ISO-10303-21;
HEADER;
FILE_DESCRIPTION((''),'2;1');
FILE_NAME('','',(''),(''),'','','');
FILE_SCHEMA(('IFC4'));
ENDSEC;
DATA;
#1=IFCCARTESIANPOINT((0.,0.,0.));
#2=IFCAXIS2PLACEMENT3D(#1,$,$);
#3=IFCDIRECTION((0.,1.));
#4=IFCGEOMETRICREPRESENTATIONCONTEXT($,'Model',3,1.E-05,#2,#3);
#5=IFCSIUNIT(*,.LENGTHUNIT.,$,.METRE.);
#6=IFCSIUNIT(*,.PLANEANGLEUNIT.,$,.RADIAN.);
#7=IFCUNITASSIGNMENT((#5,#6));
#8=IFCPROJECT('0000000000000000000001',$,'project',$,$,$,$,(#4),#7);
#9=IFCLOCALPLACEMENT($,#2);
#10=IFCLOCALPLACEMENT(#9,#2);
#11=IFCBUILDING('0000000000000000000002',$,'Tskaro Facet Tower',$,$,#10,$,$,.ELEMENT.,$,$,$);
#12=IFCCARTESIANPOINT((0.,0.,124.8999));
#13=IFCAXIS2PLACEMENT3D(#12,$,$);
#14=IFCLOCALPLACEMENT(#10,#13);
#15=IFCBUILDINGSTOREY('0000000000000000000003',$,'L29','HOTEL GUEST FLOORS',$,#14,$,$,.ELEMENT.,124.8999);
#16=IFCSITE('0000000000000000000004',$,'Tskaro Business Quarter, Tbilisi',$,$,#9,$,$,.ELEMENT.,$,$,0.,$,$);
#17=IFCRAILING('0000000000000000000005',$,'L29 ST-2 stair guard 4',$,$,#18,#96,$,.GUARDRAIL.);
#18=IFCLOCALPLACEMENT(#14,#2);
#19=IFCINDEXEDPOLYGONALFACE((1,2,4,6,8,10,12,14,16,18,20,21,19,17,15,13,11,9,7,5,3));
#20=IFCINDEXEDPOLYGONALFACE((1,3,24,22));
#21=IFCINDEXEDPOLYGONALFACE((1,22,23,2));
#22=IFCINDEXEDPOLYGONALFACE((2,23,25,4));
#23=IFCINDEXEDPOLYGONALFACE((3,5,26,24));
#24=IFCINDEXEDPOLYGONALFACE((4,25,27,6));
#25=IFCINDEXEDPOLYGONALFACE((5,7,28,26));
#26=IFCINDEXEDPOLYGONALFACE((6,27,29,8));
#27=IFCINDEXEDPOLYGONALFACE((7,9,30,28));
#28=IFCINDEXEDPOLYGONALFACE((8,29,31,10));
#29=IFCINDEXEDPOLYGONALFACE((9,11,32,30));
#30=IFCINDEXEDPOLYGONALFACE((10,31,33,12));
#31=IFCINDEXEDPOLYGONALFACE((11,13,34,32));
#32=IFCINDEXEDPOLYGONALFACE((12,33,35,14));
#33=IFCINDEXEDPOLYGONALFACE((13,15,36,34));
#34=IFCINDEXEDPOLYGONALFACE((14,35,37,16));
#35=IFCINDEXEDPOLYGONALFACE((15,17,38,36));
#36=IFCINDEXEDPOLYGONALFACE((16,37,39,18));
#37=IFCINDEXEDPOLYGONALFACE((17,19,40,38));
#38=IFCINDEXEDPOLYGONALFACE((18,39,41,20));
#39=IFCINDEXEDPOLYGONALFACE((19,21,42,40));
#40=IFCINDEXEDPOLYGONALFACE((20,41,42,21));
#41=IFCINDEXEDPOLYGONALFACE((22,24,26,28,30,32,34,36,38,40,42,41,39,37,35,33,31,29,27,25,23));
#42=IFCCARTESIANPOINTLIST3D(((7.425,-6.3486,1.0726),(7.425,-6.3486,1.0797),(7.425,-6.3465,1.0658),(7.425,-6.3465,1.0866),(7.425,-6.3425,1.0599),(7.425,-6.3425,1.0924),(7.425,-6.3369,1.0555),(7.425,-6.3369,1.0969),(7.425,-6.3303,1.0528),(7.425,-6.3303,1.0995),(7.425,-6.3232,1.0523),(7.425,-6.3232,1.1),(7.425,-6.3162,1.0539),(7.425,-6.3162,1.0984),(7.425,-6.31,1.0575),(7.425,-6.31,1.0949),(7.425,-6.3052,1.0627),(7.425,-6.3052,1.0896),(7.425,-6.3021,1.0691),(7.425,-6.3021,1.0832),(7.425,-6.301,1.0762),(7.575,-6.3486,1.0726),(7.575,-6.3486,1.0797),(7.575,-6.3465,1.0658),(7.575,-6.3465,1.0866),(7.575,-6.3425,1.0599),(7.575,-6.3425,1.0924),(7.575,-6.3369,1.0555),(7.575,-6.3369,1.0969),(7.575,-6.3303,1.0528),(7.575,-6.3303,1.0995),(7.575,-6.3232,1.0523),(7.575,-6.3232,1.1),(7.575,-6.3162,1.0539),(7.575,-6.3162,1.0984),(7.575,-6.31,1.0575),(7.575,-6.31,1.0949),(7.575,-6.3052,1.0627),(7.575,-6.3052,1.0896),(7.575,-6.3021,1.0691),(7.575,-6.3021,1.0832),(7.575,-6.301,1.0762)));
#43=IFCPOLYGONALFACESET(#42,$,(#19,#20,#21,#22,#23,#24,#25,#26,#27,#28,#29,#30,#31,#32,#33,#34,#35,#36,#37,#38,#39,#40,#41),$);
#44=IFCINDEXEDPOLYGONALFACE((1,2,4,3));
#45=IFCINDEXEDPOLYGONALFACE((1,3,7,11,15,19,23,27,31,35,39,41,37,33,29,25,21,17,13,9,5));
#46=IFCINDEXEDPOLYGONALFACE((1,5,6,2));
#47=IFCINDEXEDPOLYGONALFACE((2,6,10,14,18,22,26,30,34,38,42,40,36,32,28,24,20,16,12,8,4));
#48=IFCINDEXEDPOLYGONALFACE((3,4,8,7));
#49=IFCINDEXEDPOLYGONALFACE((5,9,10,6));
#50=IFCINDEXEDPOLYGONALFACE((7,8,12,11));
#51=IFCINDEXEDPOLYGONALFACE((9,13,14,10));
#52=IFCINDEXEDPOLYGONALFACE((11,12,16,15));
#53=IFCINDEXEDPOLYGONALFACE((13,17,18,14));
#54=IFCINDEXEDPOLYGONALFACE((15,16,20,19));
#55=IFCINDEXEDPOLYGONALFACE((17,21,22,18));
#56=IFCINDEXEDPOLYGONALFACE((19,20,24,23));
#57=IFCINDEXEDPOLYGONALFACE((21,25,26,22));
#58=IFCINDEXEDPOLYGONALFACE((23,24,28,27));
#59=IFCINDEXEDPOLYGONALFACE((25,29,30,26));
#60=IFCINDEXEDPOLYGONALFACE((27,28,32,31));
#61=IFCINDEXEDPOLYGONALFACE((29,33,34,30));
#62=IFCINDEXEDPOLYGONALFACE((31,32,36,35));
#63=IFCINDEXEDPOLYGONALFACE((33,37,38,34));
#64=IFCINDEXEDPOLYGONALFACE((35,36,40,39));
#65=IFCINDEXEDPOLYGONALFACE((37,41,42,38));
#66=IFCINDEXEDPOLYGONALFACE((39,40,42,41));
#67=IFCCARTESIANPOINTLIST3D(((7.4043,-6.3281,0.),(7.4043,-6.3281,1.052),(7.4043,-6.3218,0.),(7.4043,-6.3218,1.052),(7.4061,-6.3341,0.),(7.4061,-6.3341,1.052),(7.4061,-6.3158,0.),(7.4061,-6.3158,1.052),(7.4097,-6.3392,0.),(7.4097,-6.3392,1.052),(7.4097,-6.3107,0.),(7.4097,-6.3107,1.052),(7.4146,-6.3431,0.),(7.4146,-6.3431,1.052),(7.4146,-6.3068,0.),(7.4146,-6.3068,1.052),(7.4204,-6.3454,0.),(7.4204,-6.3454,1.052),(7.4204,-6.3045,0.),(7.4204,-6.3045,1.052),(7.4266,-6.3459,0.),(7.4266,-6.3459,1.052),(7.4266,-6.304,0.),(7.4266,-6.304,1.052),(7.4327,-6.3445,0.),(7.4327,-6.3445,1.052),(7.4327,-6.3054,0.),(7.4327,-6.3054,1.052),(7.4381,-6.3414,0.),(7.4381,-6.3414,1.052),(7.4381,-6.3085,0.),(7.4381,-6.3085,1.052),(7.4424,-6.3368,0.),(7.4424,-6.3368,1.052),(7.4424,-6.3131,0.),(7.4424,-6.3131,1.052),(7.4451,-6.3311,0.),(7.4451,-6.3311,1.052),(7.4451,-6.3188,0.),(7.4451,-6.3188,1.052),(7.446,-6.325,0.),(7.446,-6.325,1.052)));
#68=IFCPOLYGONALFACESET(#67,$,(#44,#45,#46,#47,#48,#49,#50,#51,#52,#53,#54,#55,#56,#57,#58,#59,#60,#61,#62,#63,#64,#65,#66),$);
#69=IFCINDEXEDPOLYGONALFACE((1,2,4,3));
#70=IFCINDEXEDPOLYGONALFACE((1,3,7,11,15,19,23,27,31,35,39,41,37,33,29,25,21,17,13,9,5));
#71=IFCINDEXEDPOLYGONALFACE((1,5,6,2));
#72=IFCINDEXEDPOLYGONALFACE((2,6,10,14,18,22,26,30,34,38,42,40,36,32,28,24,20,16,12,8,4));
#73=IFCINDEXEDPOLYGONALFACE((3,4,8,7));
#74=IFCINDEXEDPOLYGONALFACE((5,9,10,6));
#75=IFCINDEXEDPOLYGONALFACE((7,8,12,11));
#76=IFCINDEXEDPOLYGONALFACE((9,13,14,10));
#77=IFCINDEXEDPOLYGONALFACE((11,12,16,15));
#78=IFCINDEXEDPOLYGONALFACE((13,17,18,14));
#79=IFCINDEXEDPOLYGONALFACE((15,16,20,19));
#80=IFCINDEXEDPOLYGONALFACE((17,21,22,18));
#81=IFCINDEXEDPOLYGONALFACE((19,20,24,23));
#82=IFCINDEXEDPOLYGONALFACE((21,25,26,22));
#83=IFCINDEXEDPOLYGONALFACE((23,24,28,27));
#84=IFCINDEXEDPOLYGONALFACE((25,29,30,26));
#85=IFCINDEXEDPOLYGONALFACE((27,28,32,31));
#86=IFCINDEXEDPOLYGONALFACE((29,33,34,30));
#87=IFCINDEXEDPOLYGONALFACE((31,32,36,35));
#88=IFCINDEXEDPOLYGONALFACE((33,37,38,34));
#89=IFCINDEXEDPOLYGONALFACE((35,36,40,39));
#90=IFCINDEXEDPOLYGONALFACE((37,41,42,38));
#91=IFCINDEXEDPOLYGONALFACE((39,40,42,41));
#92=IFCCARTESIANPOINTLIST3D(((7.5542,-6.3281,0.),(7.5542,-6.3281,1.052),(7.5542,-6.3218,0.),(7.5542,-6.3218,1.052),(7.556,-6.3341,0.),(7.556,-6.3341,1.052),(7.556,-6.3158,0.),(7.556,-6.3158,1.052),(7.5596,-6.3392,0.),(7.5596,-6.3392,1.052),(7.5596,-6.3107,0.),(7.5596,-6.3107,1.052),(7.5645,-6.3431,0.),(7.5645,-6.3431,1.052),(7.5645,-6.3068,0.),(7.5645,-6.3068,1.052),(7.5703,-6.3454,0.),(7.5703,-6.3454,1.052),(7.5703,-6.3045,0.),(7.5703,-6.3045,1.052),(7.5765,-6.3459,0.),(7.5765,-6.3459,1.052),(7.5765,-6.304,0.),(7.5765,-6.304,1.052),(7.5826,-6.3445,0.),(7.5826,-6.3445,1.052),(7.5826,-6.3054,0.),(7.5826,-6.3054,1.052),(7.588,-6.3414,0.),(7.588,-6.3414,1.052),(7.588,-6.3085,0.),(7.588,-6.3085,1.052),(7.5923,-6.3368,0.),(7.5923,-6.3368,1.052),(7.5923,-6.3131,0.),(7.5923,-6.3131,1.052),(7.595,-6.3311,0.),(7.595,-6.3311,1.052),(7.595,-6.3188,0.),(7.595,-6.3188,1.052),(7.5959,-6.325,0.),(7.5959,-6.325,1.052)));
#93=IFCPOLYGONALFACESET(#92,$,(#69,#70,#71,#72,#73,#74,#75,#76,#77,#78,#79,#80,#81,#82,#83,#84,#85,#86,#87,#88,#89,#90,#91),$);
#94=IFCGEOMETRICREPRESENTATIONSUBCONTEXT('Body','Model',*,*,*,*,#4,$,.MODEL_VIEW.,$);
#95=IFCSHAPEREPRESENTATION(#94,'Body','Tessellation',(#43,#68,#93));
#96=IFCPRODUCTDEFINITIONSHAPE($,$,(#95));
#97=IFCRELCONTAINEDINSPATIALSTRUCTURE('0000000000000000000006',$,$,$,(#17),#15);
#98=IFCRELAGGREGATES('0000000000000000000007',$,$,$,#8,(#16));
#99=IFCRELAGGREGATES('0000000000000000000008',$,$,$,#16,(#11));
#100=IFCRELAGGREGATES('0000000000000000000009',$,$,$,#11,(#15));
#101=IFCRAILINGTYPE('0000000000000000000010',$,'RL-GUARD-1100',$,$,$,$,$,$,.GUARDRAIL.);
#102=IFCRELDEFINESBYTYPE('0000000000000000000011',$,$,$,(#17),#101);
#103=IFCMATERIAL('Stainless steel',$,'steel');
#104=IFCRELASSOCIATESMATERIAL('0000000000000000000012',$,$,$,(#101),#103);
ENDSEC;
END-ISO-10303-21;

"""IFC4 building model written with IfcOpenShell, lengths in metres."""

from ifc_helpers import new_model, si_unit, direction, frame, origin, origin_2d, place, context, subcontext, project, spatial, circle, extrude, material, type_object, element, save


model = new_model("IFC4")

# Units and contexts
model_context = context("Model", 3, precision=1e-05, world=origin(), true_north=direction((0.0, 1.0)))
body_context = subcontext(model_context, "Body", "Model", "MODEL_VIEW")
ifc_project = project(units=[si_unit("LENGTHUNIT", "METRE"), si_unit("PLANEANGLEUNIT", "RADIAN")], contexts=[model_context])

# Site, building, storey
site_placement = place(None, origin())
site = spatial("IfcSite", under=ifc_project, at=site_placement, Name="Tskaro Business Quarter, Tbilisi", CompositionType="ELEMENT", RefElevation=0.0)
building_placement = place(site_placement, origin())
building = spatial("IfcBuilding", under=site, at=building_placement, Name="Tskaro Facet Tower", CompositionType="ELEMENT")
storey_placement = place(building_placement, frame((0.0, 0.0, 124.8999)))
storey = spatial("IfcBuildingStorey", under=building, at=storey_placement, Name="L29", Description="HOTEL GUEST FLOORS", CompositionType="ELEMENT", Elevation=124.8999)

# Railing
ifc_material_1 = material(Name="Stainless steel", Category="steel")
railing_type_1 = type_object("IfcRailingType", Name="RL-GUARD-1100", PredefinedType="GUARDRAIL", material=ifc_material_1)
railing_1_placement = place(storey_placement, frame((7.425, -6.325, 0.0)))
element("IfcRailing", 1, at=railing_1_placement, inside=storey, type_object=railing_type_1, Name="L29 ST-2 stair guard 4", PredefinedType="GUARDRAIL", context=body_context, shape_type="SweptSolid", body=[
    extrude(circle(Radius=0.0239, at=origin_2d()), frame((0.0, 0.0, 1.0762), z_axis=(1.0, 0.0, 0.0), x_axis=(0.0, 1.0, 0.0)), (0.0, 0.0, 1.0), 0.1499),
    extrude(circle(Radius=0.021, at=origin_2d()), origin(), (0.0, 0.0, 1.0), 1.052),
    extrude(circle(Radius=0.021, at=origin_2d()), frame((0.1499, 0.0, 0.0)), (0.0, 0.0, 1.0), 1.052),
])

save(model, "model.ifc")
